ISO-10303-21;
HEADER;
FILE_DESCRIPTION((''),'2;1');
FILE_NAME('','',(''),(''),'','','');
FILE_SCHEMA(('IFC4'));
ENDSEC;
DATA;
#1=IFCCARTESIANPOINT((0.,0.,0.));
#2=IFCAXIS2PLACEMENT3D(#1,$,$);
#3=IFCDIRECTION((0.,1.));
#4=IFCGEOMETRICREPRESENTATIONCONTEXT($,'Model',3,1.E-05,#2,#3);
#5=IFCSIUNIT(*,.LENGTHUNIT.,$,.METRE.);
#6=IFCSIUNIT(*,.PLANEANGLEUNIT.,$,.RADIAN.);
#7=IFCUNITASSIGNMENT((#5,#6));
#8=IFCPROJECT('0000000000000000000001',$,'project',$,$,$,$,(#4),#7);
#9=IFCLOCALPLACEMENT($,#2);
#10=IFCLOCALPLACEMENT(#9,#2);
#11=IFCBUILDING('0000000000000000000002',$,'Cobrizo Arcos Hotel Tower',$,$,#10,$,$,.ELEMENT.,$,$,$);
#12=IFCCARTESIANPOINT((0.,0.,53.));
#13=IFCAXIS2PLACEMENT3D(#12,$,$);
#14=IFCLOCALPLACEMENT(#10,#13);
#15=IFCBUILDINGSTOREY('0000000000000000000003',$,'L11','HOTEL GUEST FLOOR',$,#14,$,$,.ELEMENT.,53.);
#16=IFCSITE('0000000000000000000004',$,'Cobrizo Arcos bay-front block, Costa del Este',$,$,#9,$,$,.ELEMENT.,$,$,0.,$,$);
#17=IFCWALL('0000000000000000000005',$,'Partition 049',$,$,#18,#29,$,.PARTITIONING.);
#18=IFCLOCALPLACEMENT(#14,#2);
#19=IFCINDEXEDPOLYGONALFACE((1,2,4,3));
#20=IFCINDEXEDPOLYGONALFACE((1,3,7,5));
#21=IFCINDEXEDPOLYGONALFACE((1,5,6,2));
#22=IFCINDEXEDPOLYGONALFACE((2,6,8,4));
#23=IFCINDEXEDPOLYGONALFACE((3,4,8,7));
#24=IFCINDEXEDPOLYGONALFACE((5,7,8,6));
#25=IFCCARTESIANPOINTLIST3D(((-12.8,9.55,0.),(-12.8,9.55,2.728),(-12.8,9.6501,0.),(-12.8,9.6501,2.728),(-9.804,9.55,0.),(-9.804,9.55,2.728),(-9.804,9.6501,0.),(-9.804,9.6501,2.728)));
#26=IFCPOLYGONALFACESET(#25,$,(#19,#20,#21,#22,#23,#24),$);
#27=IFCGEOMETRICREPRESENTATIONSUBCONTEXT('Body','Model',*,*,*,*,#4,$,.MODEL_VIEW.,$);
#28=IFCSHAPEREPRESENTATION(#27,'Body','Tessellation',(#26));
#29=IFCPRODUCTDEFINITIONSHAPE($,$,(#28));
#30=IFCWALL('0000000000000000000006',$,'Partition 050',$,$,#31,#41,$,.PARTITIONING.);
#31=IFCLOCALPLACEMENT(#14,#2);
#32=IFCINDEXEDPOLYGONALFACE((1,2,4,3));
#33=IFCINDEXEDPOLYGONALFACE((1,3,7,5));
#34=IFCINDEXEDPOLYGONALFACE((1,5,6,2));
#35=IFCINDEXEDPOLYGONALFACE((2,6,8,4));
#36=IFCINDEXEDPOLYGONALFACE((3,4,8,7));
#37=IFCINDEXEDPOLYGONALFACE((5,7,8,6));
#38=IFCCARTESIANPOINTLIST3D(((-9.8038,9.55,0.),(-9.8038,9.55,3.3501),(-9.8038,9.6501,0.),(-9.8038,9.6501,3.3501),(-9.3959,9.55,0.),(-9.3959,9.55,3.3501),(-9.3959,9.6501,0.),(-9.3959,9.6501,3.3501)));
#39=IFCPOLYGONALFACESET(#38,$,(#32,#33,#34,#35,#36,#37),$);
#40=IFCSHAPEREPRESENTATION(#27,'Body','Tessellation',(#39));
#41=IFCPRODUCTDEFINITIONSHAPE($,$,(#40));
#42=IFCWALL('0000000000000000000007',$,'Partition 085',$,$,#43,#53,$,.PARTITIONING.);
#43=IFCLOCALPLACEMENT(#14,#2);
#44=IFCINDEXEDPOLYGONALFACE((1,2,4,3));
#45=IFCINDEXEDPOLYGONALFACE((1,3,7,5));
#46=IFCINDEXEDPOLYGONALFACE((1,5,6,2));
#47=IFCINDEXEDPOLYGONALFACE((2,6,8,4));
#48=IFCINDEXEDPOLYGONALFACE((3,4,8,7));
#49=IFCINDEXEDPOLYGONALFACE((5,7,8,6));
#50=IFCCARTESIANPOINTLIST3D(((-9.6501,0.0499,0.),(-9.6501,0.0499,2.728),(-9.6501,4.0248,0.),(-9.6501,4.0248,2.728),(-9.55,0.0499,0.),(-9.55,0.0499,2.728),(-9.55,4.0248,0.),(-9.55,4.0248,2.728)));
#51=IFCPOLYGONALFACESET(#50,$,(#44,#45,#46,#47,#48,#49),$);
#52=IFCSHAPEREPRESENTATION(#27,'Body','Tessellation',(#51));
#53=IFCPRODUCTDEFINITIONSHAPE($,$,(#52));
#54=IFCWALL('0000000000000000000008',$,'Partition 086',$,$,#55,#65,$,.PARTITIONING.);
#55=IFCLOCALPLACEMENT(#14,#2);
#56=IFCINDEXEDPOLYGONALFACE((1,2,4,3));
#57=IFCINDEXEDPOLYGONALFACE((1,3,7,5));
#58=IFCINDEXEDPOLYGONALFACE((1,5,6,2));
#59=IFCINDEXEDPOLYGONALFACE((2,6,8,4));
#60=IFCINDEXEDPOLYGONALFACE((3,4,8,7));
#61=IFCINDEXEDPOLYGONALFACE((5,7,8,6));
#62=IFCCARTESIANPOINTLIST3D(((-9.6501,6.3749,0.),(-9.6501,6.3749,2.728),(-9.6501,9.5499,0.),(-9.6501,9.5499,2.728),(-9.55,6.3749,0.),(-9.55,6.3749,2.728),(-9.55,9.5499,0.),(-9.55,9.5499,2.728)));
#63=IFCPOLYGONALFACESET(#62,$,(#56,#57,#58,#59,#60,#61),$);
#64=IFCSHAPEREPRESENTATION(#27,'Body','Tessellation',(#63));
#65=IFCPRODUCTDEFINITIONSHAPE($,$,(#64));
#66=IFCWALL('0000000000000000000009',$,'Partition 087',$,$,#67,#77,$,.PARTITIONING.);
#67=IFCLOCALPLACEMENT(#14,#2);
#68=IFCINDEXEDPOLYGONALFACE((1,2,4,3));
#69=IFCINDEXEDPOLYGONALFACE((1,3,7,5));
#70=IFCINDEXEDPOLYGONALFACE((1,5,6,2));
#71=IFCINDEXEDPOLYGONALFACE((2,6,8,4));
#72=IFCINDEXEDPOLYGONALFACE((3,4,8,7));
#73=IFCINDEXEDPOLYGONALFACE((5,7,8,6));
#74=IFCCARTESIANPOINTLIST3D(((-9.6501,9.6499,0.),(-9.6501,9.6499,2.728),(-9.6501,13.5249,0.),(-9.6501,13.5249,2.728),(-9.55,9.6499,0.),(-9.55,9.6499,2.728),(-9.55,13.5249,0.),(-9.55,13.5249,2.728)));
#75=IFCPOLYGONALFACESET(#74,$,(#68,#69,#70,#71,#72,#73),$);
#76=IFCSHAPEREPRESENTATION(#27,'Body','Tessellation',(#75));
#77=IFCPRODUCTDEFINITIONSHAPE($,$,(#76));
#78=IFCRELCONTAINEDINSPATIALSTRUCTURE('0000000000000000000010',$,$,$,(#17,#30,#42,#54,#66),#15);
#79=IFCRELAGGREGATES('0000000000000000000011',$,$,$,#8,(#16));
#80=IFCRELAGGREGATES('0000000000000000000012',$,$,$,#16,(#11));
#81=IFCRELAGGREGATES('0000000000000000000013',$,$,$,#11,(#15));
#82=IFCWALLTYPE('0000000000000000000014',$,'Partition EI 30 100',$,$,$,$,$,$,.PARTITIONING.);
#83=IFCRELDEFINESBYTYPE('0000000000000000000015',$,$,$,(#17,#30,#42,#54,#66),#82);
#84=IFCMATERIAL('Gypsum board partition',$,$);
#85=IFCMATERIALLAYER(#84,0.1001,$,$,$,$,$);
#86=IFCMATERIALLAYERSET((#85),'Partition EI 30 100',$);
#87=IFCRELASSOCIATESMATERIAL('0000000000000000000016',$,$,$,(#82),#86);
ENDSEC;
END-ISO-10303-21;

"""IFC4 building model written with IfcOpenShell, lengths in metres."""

from ifc_helpers import new_model, si_unit, direction, frame, frame_2d, origin, place, context, subcontext, project, spatial, rectangle, extrude, material, layer, layer_set, type_object, element, save


model = new_model("IFC4")

# Units and contexts
model_context = context("Model", 3, precision=1e-05, world=origin(), true_north=direction((0.0, 1.0)))
body_context = subcontext(model_context, "Body", "Model", "MODEL_VIEW")
ifc_project = project(units=[si_unit("LENGTHUNIT", "METRE"), si_unit("PLANEANGLEUNIT", "RADIAN")], contexts=[model_context])

# Site, building, storey
site_placement = place(None, origin())
site = spatial("IfcSite", under=ifc_project, at=site_placement, Name="Cobrizo Arcos bay-front block, Costa del Este", CompositionType="ELEMENT", RefElevation=0.0)
building_placement = place(site_placement, origin())
building = spatial("IfcBuilding", under=site, at=building_placement, Name="Cobrizo Arcos Hotel Tower", CompositionType="ELEMENT")
storey_placement = place(building_placement, frame((0.0, 0.0, 53.0)))
storey = spatial("IfcBuildingStorey", under=building, at=storey_placement, Name="L11", Description="HOTEL GUEST FLOOR", CompositionType="ELEMENT", Elevation=53.0)

# Shared definitions
ifc_material_1 = material(Name="Gypsum board partition")

# Walls
ifc_layer_1 = layer(ifc_material_1, 0.1001)
ifc_layer_set_1 = layer_set([ifc_layer_1], Name="Partition EI 30 100")
wall_type_1 = type_object("IfcWallType", Name="Partition EI 30 100", PredefinedType="PARTITIONING", material=ifc_layer_set_1)
wall_1_placement = place(storey_placement, frame((-12.8, 9.6001, 0.0), z_axis=(0.0, 0.0, 1.0), x_axis=(1.0, 0.0, 0.0)))
element("IfcWall", 1, at=wall_1_placement, inside=storey, type_object=wall_type_1, Name="Partition 049", PredefinedType="PARTITIONING", context=body_context, shape_type="SweptSolid", body=[
    extrude(rectangle(XDim=2.9961, YDim=0.1001, at=frame_2d((1.498, 0.0))), origin(), (0.0, 0.0, 1.0), 2.728),
])
wall_2_placement = place(storey_placement, frame((-9.804, 9.6001, 0.0), z_axis=(0.0, 0.0, 1.0), x_axis=(1.0, 0.0, 0.0)))
element("IfcWall", 2, at=wall_2_placement, inside=storey, type_object=wall_type_1, Name="Partition 050", PredefinedType="PARTITIONING", context=body_context, shape_type="SweptSolid", body=[
    extrude(rectangle(XDim=0.408, YDim=0.1001, at=frame_2d((0.2041, 0.0))), origin(), (0.0, 0.0, 1.0), 3.3501),
])
wall_3_placement = place(storey_placement, frame((-9.6001, 0.05, 0.0), z_axis=(0.0, 0.0, 1.0), x_axis=(0.0, 1.0, 0.0)))
element("IfcWall", 3, at=wall_3_placement, inside=storey, type_object=wall_type_1, Name="Partition 085", PredefinedType="PARTITIONING", context=body_context, shape_type="SweptSolid", body=[
    extrude(rectangle(XDim=3.9749, YDim=0.1001, at=frame_2d((1.9873, 0.0))), origin(), (0.0, 0.0, 1.0), 2.728),
])
wall_4_placement = place(storey_placement, frame((-9.6001, 6.375, 0.0), z_axis=(0.0, 0.0, 1.0), x_axis=(0.0, 1.0, 0.0)))
element("IfcWall", 4, at=wall_4_placement, inside=storey, type_object=wall_type_1, Name="Partition 086", PredefinedType="PARTITIONING", context=body_context, shape_type="SweptSolid", body=[
    extrude(rectangle(XDim=3.175, YDim=0.1001, at=frame_2d((1.5874, 0.0))), origin(), (0.0, 0.0, 1.0), 2.728),
])
wall_5_placement = place(storey_placement, frame((-9.6001, 9.6499, 0.0), z_axis=(0.0, 0.0, 1.0), x_axis=(0.0, 1.0, 0.0)))
element("IfcWall", 5, at=wall_5_placement, inside=storey, type_object=wall_type_1, Name="Partition 087", PredefinedType="PARTITIONING", context=body_context, shape_type="SweptSolid", body=[
    extrude(rectangle(XDim=3.875, YDim=0.1001, at=frame_2d((1.9375, 0.0))), origin(), (0.0, 0.0, 1.0), 2.728),
])

save(model, "model.ifc")
